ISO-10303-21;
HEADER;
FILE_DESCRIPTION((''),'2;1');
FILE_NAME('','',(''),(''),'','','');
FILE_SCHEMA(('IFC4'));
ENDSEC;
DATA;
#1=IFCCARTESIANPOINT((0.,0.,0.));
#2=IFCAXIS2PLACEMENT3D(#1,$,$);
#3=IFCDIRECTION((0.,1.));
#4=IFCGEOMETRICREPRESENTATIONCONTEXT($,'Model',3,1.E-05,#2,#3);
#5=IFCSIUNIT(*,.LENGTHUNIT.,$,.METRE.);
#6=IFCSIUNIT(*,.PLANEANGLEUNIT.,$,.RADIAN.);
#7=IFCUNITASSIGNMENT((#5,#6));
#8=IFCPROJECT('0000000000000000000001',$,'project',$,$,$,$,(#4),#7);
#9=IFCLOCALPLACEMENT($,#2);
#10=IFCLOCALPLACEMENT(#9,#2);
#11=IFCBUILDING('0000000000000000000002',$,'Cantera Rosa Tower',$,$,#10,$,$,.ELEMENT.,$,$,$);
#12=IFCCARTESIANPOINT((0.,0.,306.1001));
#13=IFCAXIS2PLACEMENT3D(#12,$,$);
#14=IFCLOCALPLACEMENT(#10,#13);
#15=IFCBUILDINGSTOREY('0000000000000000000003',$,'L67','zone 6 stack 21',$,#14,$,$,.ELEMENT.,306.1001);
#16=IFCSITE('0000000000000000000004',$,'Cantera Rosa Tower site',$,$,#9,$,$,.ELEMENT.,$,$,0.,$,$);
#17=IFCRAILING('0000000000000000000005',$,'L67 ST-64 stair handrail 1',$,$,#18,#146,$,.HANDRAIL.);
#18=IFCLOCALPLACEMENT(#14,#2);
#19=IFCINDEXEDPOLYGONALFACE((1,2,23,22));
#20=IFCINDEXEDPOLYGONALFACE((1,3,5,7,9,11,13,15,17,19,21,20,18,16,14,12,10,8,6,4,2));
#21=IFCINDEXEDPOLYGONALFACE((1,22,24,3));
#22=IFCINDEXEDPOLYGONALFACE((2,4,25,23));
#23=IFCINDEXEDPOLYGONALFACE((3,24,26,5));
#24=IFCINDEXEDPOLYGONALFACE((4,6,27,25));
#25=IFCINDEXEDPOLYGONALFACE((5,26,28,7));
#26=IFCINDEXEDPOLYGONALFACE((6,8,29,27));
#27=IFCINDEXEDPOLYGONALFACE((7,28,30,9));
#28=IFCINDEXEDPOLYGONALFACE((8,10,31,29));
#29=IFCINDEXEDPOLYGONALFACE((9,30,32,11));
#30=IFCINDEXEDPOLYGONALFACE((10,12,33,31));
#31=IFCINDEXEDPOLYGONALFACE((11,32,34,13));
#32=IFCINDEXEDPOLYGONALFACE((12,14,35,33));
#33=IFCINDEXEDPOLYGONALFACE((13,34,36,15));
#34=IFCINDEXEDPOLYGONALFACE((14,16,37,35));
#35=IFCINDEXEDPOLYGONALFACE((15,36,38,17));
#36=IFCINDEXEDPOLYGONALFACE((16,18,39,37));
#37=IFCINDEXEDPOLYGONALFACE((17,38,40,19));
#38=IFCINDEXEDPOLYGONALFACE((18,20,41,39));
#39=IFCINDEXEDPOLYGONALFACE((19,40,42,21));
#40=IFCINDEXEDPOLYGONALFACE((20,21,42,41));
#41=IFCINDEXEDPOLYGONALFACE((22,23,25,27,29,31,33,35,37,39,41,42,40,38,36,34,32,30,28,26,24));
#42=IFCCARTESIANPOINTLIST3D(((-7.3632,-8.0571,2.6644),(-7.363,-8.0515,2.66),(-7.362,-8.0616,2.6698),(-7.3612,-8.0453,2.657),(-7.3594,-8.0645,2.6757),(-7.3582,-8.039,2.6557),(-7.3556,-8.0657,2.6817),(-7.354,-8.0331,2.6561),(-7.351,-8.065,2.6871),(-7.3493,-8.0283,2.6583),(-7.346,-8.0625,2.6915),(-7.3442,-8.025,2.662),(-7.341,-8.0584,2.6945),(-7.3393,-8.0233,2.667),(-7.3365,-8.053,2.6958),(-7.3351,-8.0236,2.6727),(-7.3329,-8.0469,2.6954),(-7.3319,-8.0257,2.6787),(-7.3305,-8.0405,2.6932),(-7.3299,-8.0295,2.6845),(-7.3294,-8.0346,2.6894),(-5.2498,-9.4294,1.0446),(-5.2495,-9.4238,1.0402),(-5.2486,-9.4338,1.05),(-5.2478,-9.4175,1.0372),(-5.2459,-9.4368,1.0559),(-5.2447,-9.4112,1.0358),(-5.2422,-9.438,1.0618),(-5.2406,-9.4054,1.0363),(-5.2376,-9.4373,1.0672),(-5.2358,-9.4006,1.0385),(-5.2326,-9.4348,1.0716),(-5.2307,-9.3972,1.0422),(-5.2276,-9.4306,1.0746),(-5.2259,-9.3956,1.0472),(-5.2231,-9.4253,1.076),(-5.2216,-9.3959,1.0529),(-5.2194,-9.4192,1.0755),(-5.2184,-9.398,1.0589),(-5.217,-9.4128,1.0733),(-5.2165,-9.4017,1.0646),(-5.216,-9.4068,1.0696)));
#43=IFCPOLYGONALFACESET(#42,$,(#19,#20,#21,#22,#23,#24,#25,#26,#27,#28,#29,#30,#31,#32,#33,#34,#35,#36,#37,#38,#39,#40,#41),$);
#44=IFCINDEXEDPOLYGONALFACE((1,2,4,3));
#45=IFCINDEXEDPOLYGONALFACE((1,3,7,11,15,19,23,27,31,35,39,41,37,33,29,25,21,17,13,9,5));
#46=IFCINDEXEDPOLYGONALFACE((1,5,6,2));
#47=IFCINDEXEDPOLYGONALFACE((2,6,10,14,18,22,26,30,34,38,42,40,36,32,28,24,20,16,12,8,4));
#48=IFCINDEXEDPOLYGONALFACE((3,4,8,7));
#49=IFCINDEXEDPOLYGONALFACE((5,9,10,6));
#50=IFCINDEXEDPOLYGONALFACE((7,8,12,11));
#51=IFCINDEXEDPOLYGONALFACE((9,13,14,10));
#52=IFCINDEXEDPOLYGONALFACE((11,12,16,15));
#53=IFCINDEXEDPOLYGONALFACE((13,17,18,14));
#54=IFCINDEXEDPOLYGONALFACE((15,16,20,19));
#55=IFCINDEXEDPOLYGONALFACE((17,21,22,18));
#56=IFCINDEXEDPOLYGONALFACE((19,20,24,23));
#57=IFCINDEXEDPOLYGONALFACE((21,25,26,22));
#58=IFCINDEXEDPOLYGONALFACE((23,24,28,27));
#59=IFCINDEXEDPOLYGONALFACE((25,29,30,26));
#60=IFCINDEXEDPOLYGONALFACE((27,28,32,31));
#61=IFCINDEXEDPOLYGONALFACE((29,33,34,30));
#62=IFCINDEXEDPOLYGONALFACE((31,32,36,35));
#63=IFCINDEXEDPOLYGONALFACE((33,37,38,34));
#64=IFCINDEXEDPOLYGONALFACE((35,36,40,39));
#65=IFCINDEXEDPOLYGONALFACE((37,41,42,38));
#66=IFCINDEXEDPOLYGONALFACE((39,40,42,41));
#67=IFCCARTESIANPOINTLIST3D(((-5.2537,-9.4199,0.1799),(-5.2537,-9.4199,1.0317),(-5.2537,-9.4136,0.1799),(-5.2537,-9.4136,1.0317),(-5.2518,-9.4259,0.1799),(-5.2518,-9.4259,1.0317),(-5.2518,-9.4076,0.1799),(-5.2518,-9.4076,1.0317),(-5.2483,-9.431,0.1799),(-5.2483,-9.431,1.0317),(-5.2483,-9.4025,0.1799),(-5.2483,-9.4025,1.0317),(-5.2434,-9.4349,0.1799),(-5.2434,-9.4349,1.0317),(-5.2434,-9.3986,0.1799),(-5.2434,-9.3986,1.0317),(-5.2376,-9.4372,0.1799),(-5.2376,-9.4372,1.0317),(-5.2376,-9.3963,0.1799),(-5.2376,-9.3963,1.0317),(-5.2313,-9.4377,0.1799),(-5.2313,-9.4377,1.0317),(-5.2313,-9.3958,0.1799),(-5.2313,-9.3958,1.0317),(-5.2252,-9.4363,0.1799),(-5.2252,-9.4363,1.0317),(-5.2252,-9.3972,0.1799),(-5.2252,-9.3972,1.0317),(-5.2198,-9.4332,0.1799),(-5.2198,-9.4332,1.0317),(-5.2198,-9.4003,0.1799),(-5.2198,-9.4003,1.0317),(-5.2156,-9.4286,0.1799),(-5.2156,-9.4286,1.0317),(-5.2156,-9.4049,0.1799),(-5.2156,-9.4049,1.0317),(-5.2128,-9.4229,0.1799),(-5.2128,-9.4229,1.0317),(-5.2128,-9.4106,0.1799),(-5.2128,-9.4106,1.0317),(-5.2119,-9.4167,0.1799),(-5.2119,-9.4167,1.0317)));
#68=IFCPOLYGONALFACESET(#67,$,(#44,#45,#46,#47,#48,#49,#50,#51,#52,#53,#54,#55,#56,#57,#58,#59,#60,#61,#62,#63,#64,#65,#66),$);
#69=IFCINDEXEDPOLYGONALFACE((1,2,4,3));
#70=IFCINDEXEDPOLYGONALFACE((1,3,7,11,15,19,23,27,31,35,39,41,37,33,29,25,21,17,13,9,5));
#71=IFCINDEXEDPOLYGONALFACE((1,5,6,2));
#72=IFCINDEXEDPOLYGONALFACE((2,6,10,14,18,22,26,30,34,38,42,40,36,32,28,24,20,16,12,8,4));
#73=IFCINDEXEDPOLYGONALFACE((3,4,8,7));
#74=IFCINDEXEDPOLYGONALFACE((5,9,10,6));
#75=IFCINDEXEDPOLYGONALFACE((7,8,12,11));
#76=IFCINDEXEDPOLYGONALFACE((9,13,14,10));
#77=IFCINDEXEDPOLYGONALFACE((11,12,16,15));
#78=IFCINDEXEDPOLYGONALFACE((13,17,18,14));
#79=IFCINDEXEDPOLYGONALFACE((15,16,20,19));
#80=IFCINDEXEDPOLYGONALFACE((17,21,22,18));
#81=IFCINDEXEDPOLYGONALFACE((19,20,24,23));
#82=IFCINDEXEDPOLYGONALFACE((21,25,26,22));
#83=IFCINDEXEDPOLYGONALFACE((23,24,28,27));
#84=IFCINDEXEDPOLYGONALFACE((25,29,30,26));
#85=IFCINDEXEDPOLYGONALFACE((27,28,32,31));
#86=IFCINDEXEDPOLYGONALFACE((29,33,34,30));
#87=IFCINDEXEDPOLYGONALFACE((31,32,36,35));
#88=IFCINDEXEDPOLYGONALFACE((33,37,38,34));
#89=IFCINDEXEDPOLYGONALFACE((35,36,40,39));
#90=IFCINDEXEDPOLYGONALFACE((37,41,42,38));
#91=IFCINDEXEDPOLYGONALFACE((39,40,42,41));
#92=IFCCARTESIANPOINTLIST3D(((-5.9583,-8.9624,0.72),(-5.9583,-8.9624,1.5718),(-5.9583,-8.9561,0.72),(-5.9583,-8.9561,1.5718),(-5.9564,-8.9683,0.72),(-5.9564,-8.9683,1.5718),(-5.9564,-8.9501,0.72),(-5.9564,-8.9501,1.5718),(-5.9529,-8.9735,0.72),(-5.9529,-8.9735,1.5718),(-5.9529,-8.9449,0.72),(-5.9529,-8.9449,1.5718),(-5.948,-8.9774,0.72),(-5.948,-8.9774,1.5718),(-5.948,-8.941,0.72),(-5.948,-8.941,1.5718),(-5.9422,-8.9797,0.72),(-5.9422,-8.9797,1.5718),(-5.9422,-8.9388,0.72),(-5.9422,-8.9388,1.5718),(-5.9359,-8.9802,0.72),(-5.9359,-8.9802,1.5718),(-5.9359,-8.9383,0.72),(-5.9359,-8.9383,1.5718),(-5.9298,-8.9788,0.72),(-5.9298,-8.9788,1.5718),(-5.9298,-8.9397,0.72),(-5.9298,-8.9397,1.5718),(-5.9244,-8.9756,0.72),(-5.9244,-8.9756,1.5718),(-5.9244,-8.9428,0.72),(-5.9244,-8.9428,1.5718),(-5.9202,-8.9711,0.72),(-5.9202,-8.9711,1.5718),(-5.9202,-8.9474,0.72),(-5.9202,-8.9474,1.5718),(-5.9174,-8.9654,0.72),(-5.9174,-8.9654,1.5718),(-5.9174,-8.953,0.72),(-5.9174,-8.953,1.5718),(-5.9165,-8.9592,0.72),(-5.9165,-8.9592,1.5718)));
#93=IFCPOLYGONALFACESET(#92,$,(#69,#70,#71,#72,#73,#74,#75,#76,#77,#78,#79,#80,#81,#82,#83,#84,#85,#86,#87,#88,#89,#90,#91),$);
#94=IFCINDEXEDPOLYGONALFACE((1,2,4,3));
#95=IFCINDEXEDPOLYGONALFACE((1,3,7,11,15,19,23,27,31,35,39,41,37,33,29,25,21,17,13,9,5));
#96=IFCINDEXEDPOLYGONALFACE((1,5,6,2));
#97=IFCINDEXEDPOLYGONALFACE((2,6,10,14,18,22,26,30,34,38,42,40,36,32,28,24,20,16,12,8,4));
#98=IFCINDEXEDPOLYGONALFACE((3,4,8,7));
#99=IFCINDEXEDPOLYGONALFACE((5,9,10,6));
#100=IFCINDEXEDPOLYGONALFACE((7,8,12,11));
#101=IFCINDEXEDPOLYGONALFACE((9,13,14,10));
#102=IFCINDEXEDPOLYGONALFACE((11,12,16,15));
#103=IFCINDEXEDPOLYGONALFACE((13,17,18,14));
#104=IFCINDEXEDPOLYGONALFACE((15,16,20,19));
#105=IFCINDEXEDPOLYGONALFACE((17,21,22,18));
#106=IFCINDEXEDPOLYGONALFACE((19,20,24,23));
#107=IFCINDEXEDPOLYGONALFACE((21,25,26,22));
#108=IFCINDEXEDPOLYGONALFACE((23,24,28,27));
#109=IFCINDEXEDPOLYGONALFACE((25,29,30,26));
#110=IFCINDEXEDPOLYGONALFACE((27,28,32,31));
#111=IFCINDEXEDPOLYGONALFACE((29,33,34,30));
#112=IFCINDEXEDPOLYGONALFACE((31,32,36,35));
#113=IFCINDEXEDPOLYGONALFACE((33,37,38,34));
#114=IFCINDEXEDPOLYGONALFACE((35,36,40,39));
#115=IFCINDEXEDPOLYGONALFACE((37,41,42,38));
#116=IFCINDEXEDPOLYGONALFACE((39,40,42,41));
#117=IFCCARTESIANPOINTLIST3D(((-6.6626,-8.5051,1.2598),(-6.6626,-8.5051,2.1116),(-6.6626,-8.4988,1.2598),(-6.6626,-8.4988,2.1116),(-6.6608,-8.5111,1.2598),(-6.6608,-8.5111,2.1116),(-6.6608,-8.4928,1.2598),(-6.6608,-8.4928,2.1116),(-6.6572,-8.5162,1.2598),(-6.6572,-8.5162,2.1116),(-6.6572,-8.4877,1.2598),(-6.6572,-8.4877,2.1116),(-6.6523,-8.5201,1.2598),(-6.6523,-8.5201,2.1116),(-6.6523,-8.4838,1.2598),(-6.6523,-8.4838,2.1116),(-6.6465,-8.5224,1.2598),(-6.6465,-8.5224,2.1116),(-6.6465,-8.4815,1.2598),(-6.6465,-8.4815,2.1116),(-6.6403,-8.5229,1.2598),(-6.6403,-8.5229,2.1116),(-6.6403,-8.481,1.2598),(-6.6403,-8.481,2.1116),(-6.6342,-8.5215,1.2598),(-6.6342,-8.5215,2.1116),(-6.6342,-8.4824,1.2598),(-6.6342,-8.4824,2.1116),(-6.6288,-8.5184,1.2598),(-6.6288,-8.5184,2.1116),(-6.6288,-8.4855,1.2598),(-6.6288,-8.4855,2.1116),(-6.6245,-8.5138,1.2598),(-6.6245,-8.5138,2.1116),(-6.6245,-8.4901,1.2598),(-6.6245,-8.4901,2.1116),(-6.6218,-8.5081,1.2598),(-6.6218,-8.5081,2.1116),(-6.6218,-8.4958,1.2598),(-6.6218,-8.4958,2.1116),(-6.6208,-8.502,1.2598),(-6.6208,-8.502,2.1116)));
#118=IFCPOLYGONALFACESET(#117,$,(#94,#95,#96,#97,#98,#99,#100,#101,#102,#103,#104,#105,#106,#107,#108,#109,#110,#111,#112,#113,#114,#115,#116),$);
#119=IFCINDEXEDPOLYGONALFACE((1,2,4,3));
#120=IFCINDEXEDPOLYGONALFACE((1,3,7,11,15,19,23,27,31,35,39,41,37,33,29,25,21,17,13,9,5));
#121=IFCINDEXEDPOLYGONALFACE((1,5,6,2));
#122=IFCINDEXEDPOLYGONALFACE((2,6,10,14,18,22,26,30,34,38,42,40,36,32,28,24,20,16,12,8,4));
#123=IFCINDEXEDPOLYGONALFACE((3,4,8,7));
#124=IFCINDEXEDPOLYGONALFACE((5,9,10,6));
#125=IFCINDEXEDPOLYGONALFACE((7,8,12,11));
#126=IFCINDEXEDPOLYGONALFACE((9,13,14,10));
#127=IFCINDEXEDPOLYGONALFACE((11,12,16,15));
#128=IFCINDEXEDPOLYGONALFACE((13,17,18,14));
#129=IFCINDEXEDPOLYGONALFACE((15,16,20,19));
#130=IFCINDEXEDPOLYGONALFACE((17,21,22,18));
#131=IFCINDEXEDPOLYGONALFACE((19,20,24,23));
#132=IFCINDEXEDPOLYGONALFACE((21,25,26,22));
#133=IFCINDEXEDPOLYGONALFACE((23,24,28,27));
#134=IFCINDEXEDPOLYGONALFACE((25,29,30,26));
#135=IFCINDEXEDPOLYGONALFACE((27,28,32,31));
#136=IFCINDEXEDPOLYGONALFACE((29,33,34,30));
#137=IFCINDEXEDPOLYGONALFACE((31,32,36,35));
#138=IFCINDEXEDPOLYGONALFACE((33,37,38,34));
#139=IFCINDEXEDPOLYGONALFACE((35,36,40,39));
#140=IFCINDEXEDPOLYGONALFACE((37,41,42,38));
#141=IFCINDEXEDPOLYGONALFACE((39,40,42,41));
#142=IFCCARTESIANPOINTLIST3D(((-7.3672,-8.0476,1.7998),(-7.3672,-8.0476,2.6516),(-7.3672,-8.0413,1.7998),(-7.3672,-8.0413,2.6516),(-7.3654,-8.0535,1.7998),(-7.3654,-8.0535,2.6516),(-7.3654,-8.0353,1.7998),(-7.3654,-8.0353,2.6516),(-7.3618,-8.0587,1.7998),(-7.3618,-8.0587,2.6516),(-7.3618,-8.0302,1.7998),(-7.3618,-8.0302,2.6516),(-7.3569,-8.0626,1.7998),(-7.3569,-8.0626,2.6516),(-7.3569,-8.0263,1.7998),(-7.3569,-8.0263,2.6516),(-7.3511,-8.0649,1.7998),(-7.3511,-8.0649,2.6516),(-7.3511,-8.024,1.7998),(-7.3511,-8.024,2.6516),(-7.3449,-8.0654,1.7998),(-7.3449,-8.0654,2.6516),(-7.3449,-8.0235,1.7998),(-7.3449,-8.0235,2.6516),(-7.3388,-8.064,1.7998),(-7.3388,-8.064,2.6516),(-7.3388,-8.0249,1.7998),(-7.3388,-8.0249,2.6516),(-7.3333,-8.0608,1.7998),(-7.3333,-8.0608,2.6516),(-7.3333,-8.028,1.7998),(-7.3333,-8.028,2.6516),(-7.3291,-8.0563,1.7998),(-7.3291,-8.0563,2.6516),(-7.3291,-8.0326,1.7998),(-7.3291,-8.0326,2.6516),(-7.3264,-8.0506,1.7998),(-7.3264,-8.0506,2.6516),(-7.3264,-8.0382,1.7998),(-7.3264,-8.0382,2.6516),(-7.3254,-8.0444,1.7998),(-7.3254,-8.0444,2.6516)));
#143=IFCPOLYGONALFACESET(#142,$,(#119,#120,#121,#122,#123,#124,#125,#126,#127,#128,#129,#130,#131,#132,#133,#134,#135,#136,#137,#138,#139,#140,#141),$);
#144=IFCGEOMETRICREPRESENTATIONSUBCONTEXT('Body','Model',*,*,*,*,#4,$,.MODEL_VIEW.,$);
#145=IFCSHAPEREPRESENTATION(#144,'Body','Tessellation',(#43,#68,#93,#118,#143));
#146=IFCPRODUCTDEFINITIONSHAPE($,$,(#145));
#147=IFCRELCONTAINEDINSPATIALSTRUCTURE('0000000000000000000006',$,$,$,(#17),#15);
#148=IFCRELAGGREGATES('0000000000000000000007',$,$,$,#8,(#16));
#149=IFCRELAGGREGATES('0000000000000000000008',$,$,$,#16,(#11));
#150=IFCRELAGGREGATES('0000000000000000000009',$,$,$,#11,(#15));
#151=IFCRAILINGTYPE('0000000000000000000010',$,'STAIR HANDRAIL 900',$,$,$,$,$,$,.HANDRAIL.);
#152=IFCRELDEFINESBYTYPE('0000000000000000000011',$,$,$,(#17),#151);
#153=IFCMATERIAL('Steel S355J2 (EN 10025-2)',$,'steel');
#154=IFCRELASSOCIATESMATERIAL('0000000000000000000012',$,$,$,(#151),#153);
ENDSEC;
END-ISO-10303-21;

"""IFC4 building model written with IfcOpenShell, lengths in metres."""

from ifc_helpers import new_model, si_unit, direction, frame, origin, origin_2d, place, context, subcontext, project, spatial, circle, extrude, material, type_object, element, save


model = new_model("IFC4")

# Units and contexts
model_context = context("Model", 3, precision=1e-05, world=origin(), true_north=direction((0.0, 1.0)))
body_context = subcontext(model_context, "Body", "Model", "MODEL_VIEW")
ifc_project = project(units=[si_unit("LENGTHUNIT", "METRE"), si_unit("PLANEANGLEUNIT", "RADIAN")], contexts=[model_context])

# Site, building, storey
site_placement = place(None, origin())
site = spatial("IfcSite", under=ifc_project, at=site_placement, Name="Cantera Rosa Tower site", CompositionType="ELEMENT", RefElevation=0.0)
building_placement = place(site_placement, origin())
building = spatial("IfcBuilding", under=site, at=building_placement, Name="Cantera Rosa Tower", CompositionType="ELEMENT")
storey_placement = place(building_placement, frame((0.0, 0.0, 306.1001)))
storey = spatial("IfcBuildingStorey", under=building, at=storey_placement, Name="L67", Description="zone 6 stack 21", CompositionType="ELEMENT", Elevation=306.1001)

# Railing
ifc_material_1 = material(Name="Steel S355J2 (EN 10025-2)", Category="steel")
railing_type_1 = type_object("IfcRailingType", Name="STAIR HANDRAIL 900", PredefinedType="HANDRAIL", material=ifc_material_1)
railing_1_placement = place(storey_placement, frame((-5.2329, -9.4167, 0.1799)))
element("IfcRailing", 1, at=railing_1_placement, inside=storey, type_object=railing_type_1, Name="L67 ST-64 stair handrail 1", PredefinedType="HANDRAIL", context=body_context, shape_type="SweptSolid", body=[
    extrude(circle(Radius=0.0239, at=origin_2d()), frame((0.0, 0.0, 0.876), z_axis=(-0.705519, 0.458095, 0.540733), x_axis=(-0.544576, -0.838711, 0.0)), (0.0, 0.0, 1.0), 2.9956),
    extrude(circle(Radius=0.021, at=origin_2d()), origin(), (0.0, 0.0, 1.0), 0.8518),
    extrude(circle(Radius=0.021, at=origin_2d()), frame((-0.7046, 0.4575, 0.54)), (0.0, 0.0, 1.0), 0.8518),
    extrude(circle(Radius=0.021, at=origin_2d()), frame((-1.4089, 0.9148, 1.0798)), (0.0, 0.0, 1.0), 0.8518),
    extrude(circle(Radius=0.021, at=origin_2d()), frame((-2.1135, 1.3723, 1.6199)), (0.0, 0.0, 1.0), 0.8518),
])

save(model, "model.ifc")
